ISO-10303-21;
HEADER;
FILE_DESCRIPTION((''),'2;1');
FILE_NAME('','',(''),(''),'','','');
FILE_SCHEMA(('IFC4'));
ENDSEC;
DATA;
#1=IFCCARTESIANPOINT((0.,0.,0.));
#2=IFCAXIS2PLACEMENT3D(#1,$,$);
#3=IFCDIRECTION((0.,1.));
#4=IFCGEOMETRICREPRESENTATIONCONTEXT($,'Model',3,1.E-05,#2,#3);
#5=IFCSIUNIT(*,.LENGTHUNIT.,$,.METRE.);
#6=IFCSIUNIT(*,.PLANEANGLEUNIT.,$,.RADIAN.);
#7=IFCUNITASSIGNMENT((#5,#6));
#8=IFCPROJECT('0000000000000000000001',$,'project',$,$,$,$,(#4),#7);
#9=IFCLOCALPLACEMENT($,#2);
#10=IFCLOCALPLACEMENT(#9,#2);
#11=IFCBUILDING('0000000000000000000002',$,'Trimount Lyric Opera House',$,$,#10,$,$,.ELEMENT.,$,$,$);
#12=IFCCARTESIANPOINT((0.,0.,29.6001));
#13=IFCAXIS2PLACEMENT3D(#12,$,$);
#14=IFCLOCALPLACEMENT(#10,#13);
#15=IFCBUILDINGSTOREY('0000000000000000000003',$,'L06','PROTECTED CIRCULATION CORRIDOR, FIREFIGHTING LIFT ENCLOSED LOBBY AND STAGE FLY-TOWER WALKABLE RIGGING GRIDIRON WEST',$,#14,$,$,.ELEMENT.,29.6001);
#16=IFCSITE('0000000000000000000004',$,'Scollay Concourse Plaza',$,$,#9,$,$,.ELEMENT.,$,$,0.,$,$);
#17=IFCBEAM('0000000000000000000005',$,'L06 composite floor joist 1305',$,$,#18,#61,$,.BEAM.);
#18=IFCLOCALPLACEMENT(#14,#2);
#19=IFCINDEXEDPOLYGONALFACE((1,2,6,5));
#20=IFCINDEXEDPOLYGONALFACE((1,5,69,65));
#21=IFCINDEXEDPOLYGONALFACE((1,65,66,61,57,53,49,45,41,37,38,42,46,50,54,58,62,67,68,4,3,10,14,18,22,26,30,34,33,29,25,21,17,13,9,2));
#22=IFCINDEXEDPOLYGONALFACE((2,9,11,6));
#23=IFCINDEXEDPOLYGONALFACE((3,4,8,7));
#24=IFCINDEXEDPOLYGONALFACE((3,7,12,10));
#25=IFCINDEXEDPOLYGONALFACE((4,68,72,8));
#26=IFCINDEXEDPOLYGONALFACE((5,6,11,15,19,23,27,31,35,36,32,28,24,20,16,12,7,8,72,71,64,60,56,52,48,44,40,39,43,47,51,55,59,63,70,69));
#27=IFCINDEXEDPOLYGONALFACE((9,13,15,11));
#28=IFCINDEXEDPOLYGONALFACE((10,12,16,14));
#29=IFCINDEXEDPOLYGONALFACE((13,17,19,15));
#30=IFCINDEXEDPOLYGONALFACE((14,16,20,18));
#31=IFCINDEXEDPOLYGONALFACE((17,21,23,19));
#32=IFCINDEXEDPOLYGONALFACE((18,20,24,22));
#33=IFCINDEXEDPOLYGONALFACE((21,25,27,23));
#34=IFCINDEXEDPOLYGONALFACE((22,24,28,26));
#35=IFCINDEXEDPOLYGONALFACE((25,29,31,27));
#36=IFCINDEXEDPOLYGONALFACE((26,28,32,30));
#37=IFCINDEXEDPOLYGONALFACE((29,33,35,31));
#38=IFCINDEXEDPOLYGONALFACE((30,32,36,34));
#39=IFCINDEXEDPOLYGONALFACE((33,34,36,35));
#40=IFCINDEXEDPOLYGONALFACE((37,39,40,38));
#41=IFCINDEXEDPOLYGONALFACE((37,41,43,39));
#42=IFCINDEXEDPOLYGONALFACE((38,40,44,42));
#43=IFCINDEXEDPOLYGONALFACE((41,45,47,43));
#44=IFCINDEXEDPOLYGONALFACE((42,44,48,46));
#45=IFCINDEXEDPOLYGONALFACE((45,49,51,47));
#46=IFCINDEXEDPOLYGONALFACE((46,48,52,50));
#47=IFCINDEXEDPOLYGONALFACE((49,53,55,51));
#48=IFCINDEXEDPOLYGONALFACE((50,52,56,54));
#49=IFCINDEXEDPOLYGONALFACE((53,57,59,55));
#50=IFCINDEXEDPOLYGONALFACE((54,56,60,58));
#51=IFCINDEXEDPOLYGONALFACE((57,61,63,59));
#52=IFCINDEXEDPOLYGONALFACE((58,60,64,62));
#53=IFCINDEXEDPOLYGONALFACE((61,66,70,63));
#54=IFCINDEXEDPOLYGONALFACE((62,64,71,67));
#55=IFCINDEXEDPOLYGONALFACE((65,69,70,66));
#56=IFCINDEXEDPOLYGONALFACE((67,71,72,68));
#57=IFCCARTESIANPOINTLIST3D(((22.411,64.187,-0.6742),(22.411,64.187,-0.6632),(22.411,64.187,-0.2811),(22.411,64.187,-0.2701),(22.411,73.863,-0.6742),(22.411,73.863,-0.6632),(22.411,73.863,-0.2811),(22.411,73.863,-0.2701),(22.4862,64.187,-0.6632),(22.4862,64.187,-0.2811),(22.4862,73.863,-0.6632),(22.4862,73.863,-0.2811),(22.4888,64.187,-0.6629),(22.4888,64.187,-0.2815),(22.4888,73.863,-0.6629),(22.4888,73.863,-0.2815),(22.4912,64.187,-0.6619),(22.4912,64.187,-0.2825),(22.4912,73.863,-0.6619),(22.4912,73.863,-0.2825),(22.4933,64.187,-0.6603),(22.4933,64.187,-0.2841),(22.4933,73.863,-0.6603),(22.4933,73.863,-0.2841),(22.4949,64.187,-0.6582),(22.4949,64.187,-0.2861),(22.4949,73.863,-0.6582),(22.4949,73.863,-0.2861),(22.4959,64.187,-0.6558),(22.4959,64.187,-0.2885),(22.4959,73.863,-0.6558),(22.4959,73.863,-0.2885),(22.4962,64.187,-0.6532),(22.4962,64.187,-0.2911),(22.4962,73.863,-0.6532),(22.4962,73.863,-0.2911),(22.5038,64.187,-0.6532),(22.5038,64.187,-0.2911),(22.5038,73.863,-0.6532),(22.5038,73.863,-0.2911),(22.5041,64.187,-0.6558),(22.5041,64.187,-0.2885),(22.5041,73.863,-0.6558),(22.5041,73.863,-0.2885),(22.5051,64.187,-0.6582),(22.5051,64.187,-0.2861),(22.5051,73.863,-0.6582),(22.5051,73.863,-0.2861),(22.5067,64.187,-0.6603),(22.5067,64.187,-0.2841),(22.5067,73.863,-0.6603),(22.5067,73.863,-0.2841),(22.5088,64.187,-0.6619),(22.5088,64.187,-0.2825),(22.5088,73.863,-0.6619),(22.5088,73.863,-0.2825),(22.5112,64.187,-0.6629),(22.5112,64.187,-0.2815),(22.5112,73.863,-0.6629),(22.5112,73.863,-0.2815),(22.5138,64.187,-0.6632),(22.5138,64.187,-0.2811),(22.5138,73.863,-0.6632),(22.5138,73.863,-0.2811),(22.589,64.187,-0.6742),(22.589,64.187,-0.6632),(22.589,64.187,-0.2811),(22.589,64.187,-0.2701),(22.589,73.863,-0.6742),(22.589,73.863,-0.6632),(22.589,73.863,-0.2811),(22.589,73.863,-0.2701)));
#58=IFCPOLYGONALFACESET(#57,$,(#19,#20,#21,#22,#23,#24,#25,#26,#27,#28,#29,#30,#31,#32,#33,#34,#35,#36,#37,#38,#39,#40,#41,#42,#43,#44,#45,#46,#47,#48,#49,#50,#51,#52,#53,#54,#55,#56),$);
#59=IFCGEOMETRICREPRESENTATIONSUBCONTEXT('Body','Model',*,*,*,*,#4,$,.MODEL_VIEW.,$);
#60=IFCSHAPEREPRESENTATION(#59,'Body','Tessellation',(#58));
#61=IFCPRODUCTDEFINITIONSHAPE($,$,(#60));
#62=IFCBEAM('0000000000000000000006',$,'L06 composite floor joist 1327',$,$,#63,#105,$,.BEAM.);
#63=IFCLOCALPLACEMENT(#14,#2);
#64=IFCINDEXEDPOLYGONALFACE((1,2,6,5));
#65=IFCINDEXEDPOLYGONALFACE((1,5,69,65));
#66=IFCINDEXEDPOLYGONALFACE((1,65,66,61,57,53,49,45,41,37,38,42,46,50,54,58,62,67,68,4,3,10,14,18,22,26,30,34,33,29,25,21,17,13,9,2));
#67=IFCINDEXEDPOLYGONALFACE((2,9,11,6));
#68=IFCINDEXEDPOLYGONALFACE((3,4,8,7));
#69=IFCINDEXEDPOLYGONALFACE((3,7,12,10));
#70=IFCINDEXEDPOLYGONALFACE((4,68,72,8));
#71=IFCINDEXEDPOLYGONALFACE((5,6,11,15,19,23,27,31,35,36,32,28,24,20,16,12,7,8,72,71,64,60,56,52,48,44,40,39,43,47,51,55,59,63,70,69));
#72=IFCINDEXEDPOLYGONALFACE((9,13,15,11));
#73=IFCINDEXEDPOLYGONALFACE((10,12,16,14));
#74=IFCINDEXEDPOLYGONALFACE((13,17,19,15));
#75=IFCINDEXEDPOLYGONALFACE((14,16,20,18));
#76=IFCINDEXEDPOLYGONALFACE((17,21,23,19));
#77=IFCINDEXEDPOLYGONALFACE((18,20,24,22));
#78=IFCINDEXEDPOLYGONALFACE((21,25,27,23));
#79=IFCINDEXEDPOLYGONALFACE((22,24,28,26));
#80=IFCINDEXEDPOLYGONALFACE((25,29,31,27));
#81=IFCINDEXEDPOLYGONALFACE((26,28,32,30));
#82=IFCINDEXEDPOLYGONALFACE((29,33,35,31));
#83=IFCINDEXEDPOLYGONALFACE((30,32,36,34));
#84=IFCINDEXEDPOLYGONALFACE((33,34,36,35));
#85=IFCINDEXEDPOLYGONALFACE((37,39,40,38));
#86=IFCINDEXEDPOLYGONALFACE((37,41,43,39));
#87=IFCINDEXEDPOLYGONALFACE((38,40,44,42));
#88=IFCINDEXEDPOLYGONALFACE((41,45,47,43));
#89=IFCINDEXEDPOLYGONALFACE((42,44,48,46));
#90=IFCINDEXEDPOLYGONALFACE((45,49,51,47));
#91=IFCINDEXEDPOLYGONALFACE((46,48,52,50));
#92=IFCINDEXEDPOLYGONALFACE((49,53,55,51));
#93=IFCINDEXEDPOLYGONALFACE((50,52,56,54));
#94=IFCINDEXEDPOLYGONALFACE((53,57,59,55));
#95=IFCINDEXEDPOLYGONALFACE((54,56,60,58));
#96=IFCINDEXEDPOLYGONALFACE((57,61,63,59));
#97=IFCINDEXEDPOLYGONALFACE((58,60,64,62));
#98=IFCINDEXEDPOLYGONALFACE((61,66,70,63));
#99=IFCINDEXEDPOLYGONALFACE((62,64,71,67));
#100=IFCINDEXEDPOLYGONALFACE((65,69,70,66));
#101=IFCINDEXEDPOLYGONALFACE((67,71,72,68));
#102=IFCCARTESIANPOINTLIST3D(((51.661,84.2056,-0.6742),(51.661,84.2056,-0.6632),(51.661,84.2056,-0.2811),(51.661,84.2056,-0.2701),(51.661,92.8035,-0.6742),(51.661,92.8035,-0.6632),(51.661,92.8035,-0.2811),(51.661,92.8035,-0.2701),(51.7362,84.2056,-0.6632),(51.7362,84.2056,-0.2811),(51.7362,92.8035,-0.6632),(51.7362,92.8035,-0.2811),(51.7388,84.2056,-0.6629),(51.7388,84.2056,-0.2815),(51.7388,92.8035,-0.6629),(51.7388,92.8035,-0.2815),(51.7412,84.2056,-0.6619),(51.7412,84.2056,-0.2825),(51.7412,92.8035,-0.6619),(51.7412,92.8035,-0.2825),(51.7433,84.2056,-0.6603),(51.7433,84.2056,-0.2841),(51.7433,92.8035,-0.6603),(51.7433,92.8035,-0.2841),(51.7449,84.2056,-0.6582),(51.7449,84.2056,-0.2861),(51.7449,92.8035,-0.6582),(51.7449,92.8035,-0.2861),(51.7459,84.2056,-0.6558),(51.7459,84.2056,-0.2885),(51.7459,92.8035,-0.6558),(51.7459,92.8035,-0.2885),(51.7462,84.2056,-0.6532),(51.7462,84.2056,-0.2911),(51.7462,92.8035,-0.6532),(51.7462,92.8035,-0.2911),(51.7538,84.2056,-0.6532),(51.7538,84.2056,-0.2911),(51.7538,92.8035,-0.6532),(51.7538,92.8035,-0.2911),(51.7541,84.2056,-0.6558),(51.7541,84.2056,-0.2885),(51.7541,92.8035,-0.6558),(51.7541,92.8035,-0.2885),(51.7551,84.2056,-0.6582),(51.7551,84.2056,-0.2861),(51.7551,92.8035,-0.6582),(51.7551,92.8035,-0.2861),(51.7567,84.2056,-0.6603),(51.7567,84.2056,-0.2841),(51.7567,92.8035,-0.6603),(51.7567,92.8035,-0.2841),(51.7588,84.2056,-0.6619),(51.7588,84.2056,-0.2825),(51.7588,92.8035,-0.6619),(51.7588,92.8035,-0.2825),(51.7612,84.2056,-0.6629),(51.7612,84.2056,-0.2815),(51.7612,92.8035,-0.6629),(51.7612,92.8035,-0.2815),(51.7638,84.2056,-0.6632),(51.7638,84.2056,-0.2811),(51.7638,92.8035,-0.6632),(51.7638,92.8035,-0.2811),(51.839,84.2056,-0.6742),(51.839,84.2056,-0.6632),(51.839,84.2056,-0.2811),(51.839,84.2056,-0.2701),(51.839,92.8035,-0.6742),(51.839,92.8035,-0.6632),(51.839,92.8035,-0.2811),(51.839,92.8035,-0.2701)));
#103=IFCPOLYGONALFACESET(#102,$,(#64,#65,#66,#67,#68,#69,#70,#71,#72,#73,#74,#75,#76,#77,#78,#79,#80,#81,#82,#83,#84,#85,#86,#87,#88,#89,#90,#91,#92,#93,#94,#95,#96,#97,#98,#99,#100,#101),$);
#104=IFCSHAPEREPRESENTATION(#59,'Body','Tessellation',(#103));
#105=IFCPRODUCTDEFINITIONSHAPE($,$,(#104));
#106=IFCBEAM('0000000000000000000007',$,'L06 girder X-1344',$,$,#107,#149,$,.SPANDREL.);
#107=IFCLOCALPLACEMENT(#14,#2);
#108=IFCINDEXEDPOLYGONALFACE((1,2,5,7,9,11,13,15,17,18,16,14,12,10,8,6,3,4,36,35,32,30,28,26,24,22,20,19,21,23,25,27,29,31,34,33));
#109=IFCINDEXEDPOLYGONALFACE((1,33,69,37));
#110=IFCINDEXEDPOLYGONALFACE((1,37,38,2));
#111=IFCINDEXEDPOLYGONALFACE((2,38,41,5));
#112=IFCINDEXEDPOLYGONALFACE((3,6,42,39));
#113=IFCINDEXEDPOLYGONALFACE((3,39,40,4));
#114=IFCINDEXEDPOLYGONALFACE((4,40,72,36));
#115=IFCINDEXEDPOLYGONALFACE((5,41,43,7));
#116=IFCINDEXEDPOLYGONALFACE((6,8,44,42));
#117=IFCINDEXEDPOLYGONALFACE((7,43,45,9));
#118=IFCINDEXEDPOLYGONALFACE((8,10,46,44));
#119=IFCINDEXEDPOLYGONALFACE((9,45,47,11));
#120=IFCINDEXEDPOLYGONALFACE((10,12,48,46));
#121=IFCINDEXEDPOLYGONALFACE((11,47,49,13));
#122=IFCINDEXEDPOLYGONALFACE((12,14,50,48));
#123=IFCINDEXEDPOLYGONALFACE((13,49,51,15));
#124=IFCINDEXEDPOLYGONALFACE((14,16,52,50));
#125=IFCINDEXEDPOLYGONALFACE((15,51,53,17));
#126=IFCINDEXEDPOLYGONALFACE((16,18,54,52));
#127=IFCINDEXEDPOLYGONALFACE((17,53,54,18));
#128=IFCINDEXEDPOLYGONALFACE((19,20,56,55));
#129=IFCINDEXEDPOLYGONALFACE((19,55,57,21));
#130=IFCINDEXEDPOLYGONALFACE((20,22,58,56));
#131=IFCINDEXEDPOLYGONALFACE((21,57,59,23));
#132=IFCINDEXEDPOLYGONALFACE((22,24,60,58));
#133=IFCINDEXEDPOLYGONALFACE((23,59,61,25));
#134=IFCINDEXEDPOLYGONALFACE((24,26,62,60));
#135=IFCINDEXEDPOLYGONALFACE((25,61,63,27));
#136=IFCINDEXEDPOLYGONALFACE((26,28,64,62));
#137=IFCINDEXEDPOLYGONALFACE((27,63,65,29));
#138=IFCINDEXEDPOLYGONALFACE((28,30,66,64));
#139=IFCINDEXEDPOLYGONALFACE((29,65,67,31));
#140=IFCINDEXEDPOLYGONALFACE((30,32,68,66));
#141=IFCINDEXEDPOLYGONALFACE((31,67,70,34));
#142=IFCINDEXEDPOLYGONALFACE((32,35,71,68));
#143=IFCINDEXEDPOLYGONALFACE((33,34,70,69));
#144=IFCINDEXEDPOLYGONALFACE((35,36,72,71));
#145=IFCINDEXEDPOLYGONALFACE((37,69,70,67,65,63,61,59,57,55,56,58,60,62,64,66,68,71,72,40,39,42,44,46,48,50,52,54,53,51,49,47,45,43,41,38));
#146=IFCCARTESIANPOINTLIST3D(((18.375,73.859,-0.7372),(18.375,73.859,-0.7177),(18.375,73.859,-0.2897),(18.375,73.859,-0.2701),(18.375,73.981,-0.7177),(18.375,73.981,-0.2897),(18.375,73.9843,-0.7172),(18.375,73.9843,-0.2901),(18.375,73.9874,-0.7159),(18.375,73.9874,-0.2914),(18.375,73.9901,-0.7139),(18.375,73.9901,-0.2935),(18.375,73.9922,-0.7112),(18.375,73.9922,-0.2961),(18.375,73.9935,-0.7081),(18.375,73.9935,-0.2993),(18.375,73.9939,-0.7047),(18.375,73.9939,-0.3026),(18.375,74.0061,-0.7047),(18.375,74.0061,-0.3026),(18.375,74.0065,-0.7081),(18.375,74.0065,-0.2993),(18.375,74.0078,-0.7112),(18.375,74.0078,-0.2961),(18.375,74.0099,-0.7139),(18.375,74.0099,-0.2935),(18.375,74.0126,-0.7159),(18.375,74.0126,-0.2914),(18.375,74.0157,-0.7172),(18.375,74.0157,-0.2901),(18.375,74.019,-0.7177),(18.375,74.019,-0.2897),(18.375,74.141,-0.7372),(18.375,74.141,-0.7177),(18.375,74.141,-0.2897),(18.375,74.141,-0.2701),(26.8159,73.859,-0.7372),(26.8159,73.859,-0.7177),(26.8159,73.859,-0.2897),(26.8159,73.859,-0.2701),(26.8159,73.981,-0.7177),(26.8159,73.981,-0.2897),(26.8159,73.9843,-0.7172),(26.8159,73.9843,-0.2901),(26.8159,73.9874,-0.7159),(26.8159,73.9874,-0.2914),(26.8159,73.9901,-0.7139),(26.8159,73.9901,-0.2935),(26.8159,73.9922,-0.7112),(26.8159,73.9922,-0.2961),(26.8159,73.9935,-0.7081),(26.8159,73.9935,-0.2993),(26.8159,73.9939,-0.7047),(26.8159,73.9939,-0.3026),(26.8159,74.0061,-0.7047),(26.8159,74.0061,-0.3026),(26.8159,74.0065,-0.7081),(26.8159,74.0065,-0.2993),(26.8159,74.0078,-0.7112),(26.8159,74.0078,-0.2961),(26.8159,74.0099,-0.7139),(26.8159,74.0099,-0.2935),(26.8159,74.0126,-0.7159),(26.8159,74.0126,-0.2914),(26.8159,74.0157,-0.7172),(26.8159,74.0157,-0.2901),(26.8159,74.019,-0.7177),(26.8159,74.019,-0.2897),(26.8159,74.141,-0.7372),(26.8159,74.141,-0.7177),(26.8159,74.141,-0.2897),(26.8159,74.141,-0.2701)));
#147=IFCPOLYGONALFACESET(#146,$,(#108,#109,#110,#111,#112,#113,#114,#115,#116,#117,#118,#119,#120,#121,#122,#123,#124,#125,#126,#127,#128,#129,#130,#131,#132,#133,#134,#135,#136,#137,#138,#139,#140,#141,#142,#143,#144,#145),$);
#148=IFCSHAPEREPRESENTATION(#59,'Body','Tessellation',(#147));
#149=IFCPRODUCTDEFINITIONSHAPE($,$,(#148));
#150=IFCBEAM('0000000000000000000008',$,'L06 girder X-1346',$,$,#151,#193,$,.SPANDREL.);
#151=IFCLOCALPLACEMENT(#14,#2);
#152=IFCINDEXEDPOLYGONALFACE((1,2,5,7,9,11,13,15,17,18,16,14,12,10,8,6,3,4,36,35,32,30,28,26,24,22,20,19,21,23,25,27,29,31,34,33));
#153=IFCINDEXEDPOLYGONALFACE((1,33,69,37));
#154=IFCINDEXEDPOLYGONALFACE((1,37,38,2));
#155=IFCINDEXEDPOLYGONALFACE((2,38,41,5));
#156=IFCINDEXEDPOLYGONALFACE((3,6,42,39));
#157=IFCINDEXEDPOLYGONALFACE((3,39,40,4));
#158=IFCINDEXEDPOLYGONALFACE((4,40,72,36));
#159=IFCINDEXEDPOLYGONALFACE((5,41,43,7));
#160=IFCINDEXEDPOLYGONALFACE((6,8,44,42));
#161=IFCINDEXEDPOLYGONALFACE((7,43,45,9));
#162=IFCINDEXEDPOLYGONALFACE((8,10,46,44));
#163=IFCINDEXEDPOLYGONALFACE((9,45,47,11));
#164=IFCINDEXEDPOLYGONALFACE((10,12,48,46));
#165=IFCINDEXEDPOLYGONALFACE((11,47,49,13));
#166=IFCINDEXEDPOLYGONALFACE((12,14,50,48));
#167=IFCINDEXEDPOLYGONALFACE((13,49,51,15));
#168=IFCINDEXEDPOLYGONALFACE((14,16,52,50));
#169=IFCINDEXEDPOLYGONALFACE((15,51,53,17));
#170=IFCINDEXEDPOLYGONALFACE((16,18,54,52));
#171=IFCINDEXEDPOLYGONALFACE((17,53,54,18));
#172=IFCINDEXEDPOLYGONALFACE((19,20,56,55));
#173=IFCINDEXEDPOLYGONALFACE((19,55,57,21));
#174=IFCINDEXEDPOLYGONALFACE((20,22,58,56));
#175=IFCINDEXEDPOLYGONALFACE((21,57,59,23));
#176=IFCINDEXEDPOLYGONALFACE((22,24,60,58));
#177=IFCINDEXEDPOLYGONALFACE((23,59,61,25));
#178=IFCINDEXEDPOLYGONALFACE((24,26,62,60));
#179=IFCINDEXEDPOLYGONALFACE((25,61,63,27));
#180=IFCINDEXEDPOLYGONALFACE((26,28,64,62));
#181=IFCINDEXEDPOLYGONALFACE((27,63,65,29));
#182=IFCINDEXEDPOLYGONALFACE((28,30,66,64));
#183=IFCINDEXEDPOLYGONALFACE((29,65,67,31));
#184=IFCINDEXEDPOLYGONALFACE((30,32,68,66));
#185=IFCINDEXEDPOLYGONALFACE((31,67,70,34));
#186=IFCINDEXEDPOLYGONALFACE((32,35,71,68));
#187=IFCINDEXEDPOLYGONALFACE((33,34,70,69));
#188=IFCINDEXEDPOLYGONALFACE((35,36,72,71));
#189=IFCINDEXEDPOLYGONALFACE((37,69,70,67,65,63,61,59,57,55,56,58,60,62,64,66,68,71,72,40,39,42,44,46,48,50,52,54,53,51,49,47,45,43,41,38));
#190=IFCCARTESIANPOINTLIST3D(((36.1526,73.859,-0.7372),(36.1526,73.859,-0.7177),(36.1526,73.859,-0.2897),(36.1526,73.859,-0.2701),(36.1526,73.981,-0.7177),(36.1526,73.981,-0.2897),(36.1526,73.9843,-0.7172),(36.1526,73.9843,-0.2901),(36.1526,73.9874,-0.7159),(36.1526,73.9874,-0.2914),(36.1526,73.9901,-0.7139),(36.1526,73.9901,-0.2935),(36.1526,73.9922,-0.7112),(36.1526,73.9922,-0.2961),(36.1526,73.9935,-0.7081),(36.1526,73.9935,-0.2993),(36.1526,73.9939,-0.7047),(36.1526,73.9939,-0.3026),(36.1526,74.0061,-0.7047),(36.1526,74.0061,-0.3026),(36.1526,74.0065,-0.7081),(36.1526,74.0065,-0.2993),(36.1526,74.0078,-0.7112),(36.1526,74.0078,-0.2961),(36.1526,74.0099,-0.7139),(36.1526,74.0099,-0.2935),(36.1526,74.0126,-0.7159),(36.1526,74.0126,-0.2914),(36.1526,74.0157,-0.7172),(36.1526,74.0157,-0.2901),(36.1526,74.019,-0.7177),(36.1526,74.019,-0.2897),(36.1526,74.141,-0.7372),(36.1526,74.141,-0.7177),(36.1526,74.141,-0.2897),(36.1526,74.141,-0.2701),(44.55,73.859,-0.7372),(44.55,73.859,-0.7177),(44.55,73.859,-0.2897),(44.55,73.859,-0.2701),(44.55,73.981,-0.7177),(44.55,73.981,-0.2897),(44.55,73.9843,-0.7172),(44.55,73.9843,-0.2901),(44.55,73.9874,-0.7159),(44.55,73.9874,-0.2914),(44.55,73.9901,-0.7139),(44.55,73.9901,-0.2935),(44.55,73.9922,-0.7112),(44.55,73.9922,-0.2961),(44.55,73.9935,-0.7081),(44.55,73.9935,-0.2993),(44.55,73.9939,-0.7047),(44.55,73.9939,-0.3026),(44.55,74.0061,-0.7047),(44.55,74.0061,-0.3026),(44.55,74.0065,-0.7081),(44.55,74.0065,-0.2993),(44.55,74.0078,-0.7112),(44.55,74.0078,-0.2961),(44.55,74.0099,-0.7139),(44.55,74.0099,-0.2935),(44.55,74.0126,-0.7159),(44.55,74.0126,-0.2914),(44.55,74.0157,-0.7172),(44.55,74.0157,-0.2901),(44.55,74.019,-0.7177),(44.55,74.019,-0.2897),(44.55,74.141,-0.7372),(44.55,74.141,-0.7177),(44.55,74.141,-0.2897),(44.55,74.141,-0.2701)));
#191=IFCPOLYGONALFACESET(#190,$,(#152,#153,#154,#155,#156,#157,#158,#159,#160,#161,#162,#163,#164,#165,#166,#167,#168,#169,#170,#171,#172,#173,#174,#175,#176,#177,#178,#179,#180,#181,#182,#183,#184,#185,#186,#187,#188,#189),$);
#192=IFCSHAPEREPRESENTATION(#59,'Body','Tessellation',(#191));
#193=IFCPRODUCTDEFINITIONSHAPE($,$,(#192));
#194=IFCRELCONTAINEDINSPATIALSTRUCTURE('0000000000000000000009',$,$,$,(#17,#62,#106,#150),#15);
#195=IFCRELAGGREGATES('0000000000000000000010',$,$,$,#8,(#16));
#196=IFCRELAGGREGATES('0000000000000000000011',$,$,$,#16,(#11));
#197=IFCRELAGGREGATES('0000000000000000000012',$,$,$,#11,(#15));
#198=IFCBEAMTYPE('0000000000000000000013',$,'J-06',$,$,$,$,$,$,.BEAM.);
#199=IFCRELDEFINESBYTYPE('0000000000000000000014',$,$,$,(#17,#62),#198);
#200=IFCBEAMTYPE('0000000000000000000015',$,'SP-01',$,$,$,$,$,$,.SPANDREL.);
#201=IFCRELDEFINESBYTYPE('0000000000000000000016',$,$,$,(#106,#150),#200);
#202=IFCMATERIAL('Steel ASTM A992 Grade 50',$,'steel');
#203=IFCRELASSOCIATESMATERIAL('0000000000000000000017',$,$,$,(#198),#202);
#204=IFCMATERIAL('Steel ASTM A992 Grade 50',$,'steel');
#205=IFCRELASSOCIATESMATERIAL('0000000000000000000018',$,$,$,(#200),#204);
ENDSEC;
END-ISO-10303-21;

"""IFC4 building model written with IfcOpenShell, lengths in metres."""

from ifc_helpers import new_model, si_unit, direction, frame, origin, origin_2d, place, context, subcontext, project, spatial, i_section, extrude, material, material_profile, profile_set, type_object, element, save


model = new_model("IFC4")

# Units and contexts
model_context = context("Model", 3, precision=1e-05, world=origin(), true_north=direction((0.0, 1.0)))
body_context = subcontext(model_context, "Body", "Model", "MODEL_VIEW")
ifc_project = project(units=[si_unit("LENGTHUNIT", "METRE"), si_unit("PLANEANGLEUNIT", "RADIAN")], contexts=[model_context])

# Site, building, storey
site_placement = place(None, origin())
site = spatial("IfcSite", under=ifc_project, at=site_placement, Name="Scollay Concourse Plaza", CompositionType="ELEMENT", RefElevation=0.0)
building_placement = place(site_placement, origin())
building = spatial("IfcBuilding", under=site, at=building_placement, Name="Trimount Lyric Opera House", CompositionType="ELEMENT")
storey_placement = place(building_placement, frame((0.0, 0.0, 29.6001)))
storey = spatial("IfcBuildingStorey", under=building, at=storey_placement, Name="L06", Description="PROTECTED CIRCULATION CORRIDOR, FIREFIGHTING LIFT ENCLOSED LOBBY AND STAGE FLY-TOWER WALKABLE RIGGING GRIDIRON WEST", CompositionType="ELEMENT", Elevation=29.6001)

# Beams
ifc_material_1 = material(Name="Steel ASTM A992 Grade 50", Category="steel")
ifc_material_profile_1 = material_profile(ifc_material_1, i_section(OverallWidth=0.178, OverallDepth=0.4041, WebThickness=0.0076, FlangeThickness=0.011, FilletRadius=0.01, at=origin_2d()), Name="W16X36")
ifc_profile_set_1 = profile_set([ifc_material_profile_1], Name="Steel ASTM A992 Grade 50")
beam_type_1 = type_object("IfcBeamType", Name="J-06", PredefinedType="BEAM", material=ifc_profile_set_1)
beam_1_placement = place(storey_placement, frame((22.5, 64.187, -0.4722), z_axis=(0.0, 1.0, 0.0), x_axis=(-1.0, 0.0, 0.0)))
element("IfcBeam", 1, at=beam_1_placement, inside=storey, type_object=beam_type_1, Name="L06 composite floor joist 1305", PredefinedType="BEAM", context=body_context, shape_type="SweptSolid", body=[
    extrude(i_section(OverallWidth=0.178, OverallDepth=0.4041, WebThickness=0.0076, FlangeThickness=0.011, FilletRadius=0.01, at=origin_2d()), origin(), (0.0, 0.0, 1.0), 9.676),
])
beam_2_placement = place(storey_placement, frame((51.75, 84.2056, -0.4722), z_axis=(0.0, 1.0, 0.0), x_axis=(-1.0, 0.0, 0.0)))
element("IfcBeam", 2, at=beam_2_placement, inside=storey, type_object=beam_type_1, Name="L06 composite floor joist 1327", PredefinedType="BEAM", context=body_context, shape_type="SweptSolid", body=[
    extrude(i_section(OverallWidth=0.178, OverallDepth=0.4041, WebThickness=0.0076, FlangeThickness=0.011, FilletRadius=0.01, at=origin_2d()), origin(), (0.0, 0.0, 1.0), 8.5979),
])
ifc_material_2 = material(Name="Steel ASTM A992 Grade 50", Category="steel")
ifc_material_profile_2 = material_profile(ifc_material_2, i_section(OverallWidth=0.282, OverallDepth=0.467, WebThickness=0.0122, FlangeThickness=0.0195, FilletRadius=0.0129, at=origin_2d()), Name="W18X86")
ifc_profile_set_2 = profile_set([ifc_material_profile_2], Name="Steel ASTM A992 Grade 50")
beam_type_2 = type_object("IfcBeamType", Name="SP-01", PredefinedType="SPANDREL", material=ifc_profile_set_2)
beam_3_placement = place(storey_placement, frame((18.375, 74.0, -0.5037), z_axis=(1.0, 0.0, 0.0), x_axis=(0.0, 1.0, 0.0)))
element("IfcBeam", 3, at=beam_3_placement, inside=storey, type_object=beam_type_2, Name="L06 girder X-1344", PredefinedType="SPANDREL", context=body_context, shape_type="SweptSolid", body=[
    extrude(i_section(OverallWidth=0.282, OverallDepth=0.467, WebThickness=0.0122, FlangeThickness=0.0195, FilletRadius=0.0129, at=origin_2d()), origin(), (0.0, 0.0, 1.0), 8.4409),
])
beam_4_placement = place(storey_placement, frame((36.1526, 74.0, -0.5037), z_axis=(1.0, 0.0, 0.0), x_axis=(0.0, 1.0, 0.0)))
element("IfcBeam", 4, at=beam_4_placement, inside=storey, type_object=beam_type_2, Name="L06 girder X-1346", PredefinedType="SPANDREL", context=body_context, shape_type="SweptSolid", body=[
    extrude(i_section(OverallWidth=0.282, OverallDepth=0.467, WebThickness=0.0122, FlangeThickness=0.0195, FilletRadius=0.0129, at=origin_2d()), origin(), (0.0, 0.0, 1.0), 8.3975),
])

save(model, "model.ifc")
